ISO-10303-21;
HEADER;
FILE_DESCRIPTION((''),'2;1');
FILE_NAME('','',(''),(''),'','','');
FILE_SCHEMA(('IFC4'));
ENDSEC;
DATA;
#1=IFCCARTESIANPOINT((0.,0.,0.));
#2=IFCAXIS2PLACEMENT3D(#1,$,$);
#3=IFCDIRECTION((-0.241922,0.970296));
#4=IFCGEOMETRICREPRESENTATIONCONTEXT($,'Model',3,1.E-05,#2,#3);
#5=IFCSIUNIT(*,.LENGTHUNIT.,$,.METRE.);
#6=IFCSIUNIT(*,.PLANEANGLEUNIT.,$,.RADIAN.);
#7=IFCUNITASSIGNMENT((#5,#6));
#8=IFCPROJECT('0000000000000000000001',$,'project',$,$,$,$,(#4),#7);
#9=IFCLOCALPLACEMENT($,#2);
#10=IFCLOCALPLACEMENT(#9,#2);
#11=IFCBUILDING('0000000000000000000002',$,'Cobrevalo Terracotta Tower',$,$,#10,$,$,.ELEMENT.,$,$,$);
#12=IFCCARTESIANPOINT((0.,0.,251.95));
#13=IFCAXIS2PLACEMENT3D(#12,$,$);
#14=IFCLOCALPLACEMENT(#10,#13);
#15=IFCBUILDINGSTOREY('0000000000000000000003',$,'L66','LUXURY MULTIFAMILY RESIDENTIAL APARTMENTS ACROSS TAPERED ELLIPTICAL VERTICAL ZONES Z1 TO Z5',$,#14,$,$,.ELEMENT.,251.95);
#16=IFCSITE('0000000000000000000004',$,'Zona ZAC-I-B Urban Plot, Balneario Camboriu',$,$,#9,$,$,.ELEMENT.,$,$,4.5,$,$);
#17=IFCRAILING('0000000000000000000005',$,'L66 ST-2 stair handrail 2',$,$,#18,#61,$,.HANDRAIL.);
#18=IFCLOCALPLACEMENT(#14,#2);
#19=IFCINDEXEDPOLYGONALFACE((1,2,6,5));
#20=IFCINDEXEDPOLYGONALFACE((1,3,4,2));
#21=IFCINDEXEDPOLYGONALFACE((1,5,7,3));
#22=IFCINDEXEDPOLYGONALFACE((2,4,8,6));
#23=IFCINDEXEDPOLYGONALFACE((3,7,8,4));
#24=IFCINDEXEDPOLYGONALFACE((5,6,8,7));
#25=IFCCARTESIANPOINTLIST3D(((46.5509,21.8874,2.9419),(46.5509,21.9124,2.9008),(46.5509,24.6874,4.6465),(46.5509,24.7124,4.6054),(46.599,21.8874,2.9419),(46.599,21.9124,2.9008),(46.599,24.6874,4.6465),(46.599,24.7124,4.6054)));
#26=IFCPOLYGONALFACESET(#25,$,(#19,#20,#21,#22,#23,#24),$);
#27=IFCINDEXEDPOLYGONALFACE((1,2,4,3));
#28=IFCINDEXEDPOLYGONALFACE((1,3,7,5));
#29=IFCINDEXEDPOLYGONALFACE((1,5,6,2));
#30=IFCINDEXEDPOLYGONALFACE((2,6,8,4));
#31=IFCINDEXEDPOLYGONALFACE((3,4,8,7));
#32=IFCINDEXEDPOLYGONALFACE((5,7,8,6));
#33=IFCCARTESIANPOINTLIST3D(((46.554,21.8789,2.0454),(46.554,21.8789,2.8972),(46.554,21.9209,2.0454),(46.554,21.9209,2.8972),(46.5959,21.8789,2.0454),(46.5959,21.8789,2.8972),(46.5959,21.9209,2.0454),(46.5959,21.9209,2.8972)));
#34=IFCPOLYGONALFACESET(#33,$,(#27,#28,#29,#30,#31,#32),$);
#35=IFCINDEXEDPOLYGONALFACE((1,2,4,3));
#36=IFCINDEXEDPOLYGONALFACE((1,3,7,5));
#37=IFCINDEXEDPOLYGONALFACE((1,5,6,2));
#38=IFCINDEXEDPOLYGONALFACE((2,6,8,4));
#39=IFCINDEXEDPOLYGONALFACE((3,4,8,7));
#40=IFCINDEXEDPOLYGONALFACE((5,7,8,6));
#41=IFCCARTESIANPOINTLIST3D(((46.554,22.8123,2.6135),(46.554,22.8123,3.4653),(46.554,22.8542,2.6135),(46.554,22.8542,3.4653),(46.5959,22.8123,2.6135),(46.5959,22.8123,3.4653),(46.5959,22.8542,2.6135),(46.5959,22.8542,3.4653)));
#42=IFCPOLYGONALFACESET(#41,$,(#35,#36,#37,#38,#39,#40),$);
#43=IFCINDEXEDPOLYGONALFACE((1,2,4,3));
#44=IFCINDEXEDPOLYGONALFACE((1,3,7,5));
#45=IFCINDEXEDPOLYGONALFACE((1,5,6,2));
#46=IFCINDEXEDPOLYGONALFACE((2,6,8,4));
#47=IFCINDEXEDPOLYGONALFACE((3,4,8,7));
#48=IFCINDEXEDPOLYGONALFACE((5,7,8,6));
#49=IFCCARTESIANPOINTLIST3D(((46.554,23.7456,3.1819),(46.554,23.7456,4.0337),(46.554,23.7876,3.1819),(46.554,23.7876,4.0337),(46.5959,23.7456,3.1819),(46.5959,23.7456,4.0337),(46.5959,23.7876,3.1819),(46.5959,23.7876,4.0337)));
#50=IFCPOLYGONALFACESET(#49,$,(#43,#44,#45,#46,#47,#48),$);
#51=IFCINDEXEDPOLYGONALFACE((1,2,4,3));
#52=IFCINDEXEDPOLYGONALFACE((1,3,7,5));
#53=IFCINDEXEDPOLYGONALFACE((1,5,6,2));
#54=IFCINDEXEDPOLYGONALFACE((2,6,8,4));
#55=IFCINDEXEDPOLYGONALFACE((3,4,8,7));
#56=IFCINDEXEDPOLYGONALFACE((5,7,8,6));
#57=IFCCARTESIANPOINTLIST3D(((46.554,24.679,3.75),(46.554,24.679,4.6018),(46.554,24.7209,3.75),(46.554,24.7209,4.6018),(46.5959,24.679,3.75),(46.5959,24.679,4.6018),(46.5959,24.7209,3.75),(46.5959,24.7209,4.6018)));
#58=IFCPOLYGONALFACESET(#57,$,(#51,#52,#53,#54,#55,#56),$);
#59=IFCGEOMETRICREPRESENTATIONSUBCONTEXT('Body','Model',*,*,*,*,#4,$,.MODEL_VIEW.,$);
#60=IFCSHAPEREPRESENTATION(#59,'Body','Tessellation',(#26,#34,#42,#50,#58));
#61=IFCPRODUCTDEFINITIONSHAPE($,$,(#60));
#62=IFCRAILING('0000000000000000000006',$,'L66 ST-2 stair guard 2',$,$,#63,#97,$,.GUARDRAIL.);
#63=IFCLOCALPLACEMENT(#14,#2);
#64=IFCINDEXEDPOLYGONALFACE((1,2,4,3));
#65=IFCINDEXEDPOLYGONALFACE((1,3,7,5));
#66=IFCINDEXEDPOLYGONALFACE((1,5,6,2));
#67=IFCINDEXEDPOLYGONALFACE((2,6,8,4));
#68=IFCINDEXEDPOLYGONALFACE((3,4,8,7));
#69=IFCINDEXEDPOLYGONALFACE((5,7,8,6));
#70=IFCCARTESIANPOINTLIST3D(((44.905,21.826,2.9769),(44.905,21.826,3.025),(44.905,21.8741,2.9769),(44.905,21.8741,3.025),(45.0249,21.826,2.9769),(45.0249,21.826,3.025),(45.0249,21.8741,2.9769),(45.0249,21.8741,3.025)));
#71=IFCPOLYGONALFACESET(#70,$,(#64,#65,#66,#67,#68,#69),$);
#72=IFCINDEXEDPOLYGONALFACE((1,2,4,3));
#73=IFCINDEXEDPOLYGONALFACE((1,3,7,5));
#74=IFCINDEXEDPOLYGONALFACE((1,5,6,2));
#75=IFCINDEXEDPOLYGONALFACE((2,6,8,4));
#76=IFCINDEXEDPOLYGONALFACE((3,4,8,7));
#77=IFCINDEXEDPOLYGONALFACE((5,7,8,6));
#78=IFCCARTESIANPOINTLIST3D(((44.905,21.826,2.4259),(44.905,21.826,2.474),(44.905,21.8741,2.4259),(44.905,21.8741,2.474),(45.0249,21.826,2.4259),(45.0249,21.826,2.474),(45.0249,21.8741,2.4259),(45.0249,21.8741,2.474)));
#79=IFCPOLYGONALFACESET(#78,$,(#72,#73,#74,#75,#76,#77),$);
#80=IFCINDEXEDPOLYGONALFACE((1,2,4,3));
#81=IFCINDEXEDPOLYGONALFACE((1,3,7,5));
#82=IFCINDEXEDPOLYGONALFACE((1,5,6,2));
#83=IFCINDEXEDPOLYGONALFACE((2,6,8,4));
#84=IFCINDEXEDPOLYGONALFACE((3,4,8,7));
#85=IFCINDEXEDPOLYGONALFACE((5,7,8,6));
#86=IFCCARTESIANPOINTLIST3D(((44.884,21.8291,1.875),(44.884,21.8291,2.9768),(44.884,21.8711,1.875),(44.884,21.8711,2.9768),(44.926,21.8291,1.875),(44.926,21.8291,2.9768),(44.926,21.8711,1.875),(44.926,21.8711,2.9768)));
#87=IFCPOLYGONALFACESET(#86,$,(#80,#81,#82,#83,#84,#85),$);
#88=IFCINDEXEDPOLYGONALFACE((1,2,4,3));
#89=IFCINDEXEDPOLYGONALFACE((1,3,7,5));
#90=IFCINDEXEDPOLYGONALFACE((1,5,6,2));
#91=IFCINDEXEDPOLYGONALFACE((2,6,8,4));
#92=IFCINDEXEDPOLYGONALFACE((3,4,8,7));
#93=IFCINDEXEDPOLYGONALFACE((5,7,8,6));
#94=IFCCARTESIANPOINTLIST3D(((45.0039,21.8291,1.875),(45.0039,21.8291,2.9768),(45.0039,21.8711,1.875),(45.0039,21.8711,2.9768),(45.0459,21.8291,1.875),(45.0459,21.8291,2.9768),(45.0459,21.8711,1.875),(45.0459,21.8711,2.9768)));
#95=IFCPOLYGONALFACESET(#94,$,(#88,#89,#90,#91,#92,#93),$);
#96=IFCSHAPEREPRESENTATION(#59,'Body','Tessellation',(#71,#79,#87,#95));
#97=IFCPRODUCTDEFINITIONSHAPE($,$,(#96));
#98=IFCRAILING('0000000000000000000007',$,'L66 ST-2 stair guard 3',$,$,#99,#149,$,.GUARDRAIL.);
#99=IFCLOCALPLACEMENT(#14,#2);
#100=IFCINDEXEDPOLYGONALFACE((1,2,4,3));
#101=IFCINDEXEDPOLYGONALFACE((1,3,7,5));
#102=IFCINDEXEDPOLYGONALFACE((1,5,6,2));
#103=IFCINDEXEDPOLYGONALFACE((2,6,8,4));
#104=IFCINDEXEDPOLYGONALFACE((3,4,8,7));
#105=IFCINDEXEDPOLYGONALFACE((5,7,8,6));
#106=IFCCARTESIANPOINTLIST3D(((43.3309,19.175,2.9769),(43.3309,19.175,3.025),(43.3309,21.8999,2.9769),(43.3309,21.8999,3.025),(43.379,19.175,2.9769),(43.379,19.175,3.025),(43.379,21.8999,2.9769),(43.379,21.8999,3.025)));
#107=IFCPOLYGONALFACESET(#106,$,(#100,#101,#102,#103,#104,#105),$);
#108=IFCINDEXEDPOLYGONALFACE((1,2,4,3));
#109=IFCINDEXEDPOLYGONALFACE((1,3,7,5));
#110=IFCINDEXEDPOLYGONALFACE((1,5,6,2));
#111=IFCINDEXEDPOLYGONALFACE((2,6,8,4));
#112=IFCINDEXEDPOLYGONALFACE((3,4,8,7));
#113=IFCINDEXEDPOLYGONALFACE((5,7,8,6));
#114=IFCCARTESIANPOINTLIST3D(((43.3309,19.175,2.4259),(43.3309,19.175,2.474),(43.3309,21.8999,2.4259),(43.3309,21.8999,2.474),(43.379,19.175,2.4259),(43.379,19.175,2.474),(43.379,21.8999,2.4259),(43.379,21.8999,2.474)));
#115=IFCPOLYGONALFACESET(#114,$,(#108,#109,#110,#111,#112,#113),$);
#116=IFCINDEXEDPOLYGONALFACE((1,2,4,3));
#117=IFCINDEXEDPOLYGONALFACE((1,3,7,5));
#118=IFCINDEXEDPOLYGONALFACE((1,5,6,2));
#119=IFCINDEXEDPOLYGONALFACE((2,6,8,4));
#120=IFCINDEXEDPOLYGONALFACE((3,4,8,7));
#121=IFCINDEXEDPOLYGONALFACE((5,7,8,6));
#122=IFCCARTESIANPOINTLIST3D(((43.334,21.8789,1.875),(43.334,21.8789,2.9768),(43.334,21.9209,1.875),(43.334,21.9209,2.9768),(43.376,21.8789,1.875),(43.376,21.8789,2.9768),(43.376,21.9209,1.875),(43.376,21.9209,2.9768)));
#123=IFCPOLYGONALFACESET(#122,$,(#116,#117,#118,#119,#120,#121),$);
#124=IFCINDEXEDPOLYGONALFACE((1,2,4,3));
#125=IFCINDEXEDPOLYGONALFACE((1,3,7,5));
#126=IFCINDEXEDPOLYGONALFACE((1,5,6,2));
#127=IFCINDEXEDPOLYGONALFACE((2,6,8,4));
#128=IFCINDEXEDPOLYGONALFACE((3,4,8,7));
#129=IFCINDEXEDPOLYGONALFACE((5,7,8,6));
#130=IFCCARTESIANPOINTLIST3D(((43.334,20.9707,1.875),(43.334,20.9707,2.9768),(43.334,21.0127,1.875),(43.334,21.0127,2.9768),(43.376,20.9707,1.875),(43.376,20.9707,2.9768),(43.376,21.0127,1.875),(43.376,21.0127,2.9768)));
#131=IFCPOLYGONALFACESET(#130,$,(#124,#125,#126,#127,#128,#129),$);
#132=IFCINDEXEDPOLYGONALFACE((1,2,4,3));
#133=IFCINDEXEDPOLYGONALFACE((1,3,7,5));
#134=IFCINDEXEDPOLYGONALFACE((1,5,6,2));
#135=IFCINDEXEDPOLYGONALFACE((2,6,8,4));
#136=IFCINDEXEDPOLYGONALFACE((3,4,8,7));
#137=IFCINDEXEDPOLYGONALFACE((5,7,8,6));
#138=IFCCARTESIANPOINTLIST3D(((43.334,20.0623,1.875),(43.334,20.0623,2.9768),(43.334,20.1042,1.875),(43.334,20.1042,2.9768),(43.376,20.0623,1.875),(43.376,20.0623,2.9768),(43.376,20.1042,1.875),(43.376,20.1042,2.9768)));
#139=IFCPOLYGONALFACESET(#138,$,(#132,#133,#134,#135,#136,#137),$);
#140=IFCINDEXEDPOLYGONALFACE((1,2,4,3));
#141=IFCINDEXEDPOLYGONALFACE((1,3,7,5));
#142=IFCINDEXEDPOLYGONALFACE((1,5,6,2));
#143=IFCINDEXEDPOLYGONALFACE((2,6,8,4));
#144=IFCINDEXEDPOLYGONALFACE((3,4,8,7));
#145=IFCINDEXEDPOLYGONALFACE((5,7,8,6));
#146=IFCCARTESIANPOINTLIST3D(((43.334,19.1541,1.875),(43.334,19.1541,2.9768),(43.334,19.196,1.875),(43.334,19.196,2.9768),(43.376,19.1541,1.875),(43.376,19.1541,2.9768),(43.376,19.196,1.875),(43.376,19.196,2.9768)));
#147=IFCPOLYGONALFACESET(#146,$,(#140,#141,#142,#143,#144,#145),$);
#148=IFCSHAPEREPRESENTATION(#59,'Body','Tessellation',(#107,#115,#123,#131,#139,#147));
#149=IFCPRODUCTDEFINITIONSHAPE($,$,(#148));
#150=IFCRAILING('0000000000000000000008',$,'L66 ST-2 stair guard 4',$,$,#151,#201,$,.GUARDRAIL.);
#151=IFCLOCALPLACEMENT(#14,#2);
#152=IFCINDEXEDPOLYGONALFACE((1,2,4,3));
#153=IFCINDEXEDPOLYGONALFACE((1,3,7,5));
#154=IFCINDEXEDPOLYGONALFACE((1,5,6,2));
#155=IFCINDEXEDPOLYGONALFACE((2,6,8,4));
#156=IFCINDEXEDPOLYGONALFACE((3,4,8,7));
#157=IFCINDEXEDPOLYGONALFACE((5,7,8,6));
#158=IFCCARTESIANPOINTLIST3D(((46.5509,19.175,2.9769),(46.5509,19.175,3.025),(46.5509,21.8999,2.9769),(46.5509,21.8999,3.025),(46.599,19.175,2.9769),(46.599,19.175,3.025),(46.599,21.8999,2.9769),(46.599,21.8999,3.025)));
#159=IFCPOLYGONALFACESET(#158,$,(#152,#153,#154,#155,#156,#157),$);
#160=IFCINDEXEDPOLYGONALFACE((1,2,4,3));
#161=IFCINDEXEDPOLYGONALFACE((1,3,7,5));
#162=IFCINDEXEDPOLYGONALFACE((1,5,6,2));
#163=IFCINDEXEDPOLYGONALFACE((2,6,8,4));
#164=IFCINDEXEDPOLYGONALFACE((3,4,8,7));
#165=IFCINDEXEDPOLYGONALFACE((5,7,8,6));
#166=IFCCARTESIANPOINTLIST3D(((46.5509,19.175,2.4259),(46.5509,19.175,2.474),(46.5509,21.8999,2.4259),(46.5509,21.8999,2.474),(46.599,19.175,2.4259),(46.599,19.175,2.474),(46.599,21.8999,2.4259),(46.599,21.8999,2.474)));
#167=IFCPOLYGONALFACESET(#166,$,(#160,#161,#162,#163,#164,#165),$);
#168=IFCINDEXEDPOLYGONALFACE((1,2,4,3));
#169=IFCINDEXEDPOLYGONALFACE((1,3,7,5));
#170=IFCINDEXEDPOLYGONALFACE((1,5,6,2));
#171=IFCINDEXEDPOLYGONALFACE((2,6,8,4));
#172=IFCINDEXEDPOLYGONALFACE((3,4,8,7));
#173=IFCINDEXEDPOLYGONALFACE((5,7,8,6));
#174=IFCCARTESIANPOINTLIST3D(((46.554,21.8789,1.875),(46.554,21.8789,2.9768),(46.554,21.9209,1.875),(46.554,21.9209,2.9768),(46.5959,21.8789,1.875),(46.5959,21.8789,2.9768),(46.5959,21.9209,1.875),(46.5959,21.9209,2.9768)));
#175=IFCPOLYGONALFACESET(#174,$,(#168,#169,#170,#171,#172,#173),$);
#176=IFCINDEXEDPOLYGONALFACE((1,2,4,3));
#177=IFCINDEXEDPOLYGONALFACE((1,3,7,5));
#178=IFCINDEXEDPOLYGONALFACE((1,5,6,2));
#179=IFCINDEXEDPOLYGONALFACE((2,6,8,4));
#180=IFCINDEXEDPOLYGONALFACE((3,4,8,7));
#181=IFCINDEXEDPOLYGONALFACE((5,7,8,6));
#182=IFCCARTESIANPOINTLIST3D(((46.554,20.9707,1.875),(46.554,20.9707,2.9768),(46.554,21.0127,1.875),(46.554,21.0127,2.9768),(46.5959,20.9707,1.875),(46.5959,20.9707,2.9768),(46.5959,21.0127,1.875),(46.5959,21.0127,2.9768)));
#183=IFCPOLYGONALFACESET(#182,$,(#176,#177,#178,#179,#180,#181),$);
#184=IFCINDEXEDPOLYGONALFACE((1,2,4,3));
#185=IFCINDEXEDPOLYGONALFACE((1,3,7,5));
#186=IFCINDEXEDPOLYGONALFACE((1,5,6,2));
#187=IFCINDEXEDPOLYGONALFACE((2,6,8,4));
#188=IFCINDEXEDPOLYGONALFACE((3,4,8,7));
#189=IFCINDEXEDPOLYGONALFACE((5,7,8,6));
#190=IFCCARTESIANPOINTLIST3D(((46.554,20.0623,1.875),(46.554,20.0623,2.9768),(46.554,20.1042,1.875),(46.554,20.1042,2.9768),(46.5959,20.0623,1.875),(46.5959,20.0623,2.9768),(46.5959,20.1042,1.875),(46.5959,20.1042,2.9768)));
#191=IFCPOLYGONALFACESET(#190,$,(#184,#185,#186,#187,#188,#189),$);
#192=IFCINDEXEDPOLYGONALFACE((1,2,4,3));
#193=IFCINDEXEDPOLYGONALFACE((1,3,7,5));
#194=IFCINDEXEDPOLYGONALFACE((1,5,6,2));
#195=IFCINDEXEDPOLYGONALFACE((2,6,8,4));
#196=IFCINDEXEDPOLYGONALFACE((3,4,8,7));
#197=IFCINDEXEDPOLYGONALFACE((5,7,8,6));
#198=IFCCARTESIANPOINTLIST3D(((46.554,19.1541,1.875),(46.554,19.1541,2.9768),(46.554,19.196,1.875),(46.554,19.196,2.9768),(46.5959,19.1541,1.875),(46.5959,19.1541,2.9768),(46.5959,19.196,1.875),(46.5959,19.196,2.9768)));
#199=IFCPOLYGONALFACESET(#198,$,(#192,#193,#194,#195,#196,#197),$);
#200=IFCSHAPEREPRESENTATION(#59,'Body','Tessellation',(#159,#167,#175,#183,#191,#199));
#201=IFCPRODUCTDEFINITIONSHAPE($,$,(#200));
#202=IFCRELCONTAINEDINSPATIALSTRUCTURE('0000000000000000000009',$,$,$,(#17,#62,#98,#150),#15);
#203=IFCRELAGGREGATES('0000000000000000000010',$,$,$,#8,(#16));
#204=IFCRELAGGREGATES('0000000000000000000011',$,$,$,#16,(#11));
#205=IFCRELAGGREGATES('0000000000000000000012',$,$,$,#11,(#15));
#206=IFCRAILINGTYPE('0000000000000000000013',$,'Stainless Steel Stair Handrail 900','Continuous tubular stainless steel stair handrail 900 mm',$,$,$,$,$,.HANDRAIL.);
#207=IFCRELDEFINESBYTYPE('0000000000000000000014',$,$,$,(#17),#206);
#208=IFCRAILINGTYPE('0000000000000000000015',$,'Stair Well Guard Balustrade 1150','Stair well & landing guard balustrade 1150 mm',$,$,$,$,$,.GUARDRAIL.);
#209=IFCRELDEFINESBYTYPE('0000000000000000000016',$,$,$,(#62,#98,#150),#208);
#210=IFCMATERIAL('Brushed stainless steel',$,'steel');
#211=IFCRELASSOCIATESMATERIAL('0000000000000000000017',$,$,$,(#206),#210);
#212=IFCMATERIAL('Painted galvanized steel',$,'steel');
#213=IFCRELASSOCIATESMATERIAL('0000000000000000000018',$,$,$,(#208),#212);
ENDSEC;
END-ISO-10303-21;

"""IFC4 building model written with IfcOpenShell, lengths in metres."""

from ifc_helpers import new_model, si_unit, direction, frame, origin, origin_2d, place, context, subcontext, project, spatial, rectangle, extrude, material, type_object, element, save


model = new_model("IFC4")

# Units and contexts
model_context = context("Model", 3, precision=1e-05, world=origin(), true_north=direction((-0.241922, 0.970296)))
body_context = subcontext(model_context, "Body", "Model", "MODEL_VIEW")
ifc_project = project(units=[si_unit("LENGTHUNIT", "METRE"), si_unit("PLANEANGLEUNIT", "RADIAN")], contexts=[model_context])

# Site, building, storey
site_placement = place(None, origin())
site = spatial("IfcSite", under=ifc_project, at=site_placement, Name="Zona ZAC-I-B Urban Plot, Balneario Camboriu", CompositionType="ELEMENT", RefElevation=4.5)
building_placement = place(site_placement, origin())
building = spatial("IfcBuilding", under=site, at=building_placement, Name="Cobrevalo Terracotta Tower", CompositionType="ELEMENT")
storey_placement = place(building_placement, frame((0.0, 0.0, 251.95)))
storey = spatial("IfcBuildingStorey", under=building, at=storey_placement, Name="L66", Description="LUXURY MULTIFAMILY RESIDENTIAL APARTMENTS ACROSS TAPERED ELLIPTICAL VERTICAL ZONES Z1 TO Z5", CompositionType="ELEMENT", Elevation=251.95)

# Railings
ifc_material_1 = material(Name="Brushed stainless steel", Category="steel")
railing_type_1 = type_object("IfcRailingType", Name="Stainless Steel Stair Handrail 900", Description="Continuous tubular stainless steel stair handrail 900 mm", PredefinedType="HANDRAIL", material=ifc_material_1)
railing_1_placement = place(storey_placement, frame((46.575, 21.8999, 2.0454)))
element("IfcRailing", 1, at=railing_1_placement, inside=storey, type_object=railing_type_1, Name="L66 ST-2 stair handrail 2", PredefinedType="HANDRAIL", context=body_context, shape_type="SweptSolid", body=[
    extrude(rectangle(XDim=0.0481, YDim=0.0481, at=origin_2d()), frame((0.0, 0.0, 0.876), z_axis=(0.0, 0.85417, 0.519994), x_axis=(-1.0, 0.0, 0.0)), (0.0, 0.0, 1.0), 3.2781),
    extrude(rectangle(XDim=0.042, YDim=0.042, at=origin_2d()), origin(), (0.0, 0.0, 1.0), 0.8518),
    extrude(rectangle(XDim=0.042, YDim=0.042, at=origin_2d()), frame((0.0, 0.9333, 0.5681)), (0.0, 0.0, 1.0), 0.8518),
    extrude(rectangle(XDim=0.042, YDim=0.042, at=origin_2d()), frame((0.0, 1.8667, 1.1365)), (0.0, 0.0, 1.0), 0.8518),
    extrude(rectangle(XDim=0.042, YDim=0.042, at=origin_2d()), frame((0.0, 2.8, 1.7046)), (0.0, 0.0, 1.0), 0.8518),
])
ifc_material_2 = material(Name="Painted galvanized steel", Category="steel")
railing_type_2 = type_object("IfcRailingType", Name="Stair Well Guard Balustrade 1150", Description="Stair well & landing guard balustrade 1150 mm", PredefinedType="GUARDRAIL", material=ifc_material_2)
railing_2_placement = place(storey_placement, frame((44.905, 21.8501, 1.875)))
element("IfcRailing", 2, at=railing_2_placement, inside=storey, type_object=railing_type_2, Name="L66 ST-2 stair guard 2", PredefinedType="GUARDRAIL", context=body_context, shape_type="SweptSolid", body=[
    extrude(rectangle(XDim=0.0481, YDim=0.0481, at=origin_2d()), frame((0.0, 0.0, 1.126), z_axis=(1.0, 0.0, 0.0), x_axis=(0.0, 1.0, 0.0)), (0.0, 0.0, 1.0), 0.1199),
    extrude(rectangle(XDim=0.0481, YDim=0.0481, at=origin_2d()), frame((0.0, 0.0, 0.575), z_axis=(1.0, 0.0, 0.0), x_axis=(0.0, 1.0, 0.0)), (0.0, 0.0, 1.0), 0.1199),
    extrude(rectangle(XDim=0.042, YDim=0.042, at=origin_2d()), origin(), (0.0, 0.0, 1.0), 1.1018),
    extrude(rectangle(XDim=0.042, YDim=0.042, at=origin_2d()), frame((0.1199, 0.0, 0.0)), (0.0, 0.0, 1.0), 1.1018),
])
for number, where, name in (
    (3, (43.355, 21.8999, 1.875), "L66 ST-2 stair guard 3"),
    (4, (46.575, 21.8999, 1.875), "L66 ST-2 stair guard 4"),
):
    element("IfcRailing", number, at=place(storey_placement, frame(where)), inside=storey, type_object=railing_type_2, Name=name, PredefinedType="GUARDRAIL", context=body_context, shape_type="SweptSolid", body=[
        extrude(rectangle(XDim=0.0481, YDim=0.0481, at=origin_2d()), frame((0.0, 0.0, 1.126), z_axis=(0.0, -1.0, 0.0), x_axis=(1.0, 0.0, 0.0)), (0.0, 0.0, 1.0), 2.7249),
        extrude(rectangle(XDim=0.0481, YDim=0.0481, at=origin_2d()), frame((0.0, 0.0, 0.575), z_axis=(0.0, -1.0, 0.0), x_axis=(1.0, 0.0, 0.0)), (0.0, 0.0, 1.0), 2.7249),
        extrude(rectangle(XDim=0.042, YDim=0.042, at=origin_2d()), origin(), (0.0, 0.0, 1.0), 1.1018),
        extrude(rectangle(XDim=0.042, YDim=0.042, at=origin_2d()), frame((0.0, -0.9082, 0.0)), (0.0, 0.0, 1.0), 1.1018),
        extrude(rectangle(XDim=0.042, YDim=0.042, at=origin_2d()), frame((0.0, -1.8167, 0.0)), (0.0, 0.0, 1.0), 1.1018),
        extrude(rectangle(XDim=0.042, YDim=0.042, at=origin_2d()), frame((0.0, -2.7249, 0.0)), (0.0, 0.0, 1.0), 1.1018),
    ])

save(model, "model.ifc")
